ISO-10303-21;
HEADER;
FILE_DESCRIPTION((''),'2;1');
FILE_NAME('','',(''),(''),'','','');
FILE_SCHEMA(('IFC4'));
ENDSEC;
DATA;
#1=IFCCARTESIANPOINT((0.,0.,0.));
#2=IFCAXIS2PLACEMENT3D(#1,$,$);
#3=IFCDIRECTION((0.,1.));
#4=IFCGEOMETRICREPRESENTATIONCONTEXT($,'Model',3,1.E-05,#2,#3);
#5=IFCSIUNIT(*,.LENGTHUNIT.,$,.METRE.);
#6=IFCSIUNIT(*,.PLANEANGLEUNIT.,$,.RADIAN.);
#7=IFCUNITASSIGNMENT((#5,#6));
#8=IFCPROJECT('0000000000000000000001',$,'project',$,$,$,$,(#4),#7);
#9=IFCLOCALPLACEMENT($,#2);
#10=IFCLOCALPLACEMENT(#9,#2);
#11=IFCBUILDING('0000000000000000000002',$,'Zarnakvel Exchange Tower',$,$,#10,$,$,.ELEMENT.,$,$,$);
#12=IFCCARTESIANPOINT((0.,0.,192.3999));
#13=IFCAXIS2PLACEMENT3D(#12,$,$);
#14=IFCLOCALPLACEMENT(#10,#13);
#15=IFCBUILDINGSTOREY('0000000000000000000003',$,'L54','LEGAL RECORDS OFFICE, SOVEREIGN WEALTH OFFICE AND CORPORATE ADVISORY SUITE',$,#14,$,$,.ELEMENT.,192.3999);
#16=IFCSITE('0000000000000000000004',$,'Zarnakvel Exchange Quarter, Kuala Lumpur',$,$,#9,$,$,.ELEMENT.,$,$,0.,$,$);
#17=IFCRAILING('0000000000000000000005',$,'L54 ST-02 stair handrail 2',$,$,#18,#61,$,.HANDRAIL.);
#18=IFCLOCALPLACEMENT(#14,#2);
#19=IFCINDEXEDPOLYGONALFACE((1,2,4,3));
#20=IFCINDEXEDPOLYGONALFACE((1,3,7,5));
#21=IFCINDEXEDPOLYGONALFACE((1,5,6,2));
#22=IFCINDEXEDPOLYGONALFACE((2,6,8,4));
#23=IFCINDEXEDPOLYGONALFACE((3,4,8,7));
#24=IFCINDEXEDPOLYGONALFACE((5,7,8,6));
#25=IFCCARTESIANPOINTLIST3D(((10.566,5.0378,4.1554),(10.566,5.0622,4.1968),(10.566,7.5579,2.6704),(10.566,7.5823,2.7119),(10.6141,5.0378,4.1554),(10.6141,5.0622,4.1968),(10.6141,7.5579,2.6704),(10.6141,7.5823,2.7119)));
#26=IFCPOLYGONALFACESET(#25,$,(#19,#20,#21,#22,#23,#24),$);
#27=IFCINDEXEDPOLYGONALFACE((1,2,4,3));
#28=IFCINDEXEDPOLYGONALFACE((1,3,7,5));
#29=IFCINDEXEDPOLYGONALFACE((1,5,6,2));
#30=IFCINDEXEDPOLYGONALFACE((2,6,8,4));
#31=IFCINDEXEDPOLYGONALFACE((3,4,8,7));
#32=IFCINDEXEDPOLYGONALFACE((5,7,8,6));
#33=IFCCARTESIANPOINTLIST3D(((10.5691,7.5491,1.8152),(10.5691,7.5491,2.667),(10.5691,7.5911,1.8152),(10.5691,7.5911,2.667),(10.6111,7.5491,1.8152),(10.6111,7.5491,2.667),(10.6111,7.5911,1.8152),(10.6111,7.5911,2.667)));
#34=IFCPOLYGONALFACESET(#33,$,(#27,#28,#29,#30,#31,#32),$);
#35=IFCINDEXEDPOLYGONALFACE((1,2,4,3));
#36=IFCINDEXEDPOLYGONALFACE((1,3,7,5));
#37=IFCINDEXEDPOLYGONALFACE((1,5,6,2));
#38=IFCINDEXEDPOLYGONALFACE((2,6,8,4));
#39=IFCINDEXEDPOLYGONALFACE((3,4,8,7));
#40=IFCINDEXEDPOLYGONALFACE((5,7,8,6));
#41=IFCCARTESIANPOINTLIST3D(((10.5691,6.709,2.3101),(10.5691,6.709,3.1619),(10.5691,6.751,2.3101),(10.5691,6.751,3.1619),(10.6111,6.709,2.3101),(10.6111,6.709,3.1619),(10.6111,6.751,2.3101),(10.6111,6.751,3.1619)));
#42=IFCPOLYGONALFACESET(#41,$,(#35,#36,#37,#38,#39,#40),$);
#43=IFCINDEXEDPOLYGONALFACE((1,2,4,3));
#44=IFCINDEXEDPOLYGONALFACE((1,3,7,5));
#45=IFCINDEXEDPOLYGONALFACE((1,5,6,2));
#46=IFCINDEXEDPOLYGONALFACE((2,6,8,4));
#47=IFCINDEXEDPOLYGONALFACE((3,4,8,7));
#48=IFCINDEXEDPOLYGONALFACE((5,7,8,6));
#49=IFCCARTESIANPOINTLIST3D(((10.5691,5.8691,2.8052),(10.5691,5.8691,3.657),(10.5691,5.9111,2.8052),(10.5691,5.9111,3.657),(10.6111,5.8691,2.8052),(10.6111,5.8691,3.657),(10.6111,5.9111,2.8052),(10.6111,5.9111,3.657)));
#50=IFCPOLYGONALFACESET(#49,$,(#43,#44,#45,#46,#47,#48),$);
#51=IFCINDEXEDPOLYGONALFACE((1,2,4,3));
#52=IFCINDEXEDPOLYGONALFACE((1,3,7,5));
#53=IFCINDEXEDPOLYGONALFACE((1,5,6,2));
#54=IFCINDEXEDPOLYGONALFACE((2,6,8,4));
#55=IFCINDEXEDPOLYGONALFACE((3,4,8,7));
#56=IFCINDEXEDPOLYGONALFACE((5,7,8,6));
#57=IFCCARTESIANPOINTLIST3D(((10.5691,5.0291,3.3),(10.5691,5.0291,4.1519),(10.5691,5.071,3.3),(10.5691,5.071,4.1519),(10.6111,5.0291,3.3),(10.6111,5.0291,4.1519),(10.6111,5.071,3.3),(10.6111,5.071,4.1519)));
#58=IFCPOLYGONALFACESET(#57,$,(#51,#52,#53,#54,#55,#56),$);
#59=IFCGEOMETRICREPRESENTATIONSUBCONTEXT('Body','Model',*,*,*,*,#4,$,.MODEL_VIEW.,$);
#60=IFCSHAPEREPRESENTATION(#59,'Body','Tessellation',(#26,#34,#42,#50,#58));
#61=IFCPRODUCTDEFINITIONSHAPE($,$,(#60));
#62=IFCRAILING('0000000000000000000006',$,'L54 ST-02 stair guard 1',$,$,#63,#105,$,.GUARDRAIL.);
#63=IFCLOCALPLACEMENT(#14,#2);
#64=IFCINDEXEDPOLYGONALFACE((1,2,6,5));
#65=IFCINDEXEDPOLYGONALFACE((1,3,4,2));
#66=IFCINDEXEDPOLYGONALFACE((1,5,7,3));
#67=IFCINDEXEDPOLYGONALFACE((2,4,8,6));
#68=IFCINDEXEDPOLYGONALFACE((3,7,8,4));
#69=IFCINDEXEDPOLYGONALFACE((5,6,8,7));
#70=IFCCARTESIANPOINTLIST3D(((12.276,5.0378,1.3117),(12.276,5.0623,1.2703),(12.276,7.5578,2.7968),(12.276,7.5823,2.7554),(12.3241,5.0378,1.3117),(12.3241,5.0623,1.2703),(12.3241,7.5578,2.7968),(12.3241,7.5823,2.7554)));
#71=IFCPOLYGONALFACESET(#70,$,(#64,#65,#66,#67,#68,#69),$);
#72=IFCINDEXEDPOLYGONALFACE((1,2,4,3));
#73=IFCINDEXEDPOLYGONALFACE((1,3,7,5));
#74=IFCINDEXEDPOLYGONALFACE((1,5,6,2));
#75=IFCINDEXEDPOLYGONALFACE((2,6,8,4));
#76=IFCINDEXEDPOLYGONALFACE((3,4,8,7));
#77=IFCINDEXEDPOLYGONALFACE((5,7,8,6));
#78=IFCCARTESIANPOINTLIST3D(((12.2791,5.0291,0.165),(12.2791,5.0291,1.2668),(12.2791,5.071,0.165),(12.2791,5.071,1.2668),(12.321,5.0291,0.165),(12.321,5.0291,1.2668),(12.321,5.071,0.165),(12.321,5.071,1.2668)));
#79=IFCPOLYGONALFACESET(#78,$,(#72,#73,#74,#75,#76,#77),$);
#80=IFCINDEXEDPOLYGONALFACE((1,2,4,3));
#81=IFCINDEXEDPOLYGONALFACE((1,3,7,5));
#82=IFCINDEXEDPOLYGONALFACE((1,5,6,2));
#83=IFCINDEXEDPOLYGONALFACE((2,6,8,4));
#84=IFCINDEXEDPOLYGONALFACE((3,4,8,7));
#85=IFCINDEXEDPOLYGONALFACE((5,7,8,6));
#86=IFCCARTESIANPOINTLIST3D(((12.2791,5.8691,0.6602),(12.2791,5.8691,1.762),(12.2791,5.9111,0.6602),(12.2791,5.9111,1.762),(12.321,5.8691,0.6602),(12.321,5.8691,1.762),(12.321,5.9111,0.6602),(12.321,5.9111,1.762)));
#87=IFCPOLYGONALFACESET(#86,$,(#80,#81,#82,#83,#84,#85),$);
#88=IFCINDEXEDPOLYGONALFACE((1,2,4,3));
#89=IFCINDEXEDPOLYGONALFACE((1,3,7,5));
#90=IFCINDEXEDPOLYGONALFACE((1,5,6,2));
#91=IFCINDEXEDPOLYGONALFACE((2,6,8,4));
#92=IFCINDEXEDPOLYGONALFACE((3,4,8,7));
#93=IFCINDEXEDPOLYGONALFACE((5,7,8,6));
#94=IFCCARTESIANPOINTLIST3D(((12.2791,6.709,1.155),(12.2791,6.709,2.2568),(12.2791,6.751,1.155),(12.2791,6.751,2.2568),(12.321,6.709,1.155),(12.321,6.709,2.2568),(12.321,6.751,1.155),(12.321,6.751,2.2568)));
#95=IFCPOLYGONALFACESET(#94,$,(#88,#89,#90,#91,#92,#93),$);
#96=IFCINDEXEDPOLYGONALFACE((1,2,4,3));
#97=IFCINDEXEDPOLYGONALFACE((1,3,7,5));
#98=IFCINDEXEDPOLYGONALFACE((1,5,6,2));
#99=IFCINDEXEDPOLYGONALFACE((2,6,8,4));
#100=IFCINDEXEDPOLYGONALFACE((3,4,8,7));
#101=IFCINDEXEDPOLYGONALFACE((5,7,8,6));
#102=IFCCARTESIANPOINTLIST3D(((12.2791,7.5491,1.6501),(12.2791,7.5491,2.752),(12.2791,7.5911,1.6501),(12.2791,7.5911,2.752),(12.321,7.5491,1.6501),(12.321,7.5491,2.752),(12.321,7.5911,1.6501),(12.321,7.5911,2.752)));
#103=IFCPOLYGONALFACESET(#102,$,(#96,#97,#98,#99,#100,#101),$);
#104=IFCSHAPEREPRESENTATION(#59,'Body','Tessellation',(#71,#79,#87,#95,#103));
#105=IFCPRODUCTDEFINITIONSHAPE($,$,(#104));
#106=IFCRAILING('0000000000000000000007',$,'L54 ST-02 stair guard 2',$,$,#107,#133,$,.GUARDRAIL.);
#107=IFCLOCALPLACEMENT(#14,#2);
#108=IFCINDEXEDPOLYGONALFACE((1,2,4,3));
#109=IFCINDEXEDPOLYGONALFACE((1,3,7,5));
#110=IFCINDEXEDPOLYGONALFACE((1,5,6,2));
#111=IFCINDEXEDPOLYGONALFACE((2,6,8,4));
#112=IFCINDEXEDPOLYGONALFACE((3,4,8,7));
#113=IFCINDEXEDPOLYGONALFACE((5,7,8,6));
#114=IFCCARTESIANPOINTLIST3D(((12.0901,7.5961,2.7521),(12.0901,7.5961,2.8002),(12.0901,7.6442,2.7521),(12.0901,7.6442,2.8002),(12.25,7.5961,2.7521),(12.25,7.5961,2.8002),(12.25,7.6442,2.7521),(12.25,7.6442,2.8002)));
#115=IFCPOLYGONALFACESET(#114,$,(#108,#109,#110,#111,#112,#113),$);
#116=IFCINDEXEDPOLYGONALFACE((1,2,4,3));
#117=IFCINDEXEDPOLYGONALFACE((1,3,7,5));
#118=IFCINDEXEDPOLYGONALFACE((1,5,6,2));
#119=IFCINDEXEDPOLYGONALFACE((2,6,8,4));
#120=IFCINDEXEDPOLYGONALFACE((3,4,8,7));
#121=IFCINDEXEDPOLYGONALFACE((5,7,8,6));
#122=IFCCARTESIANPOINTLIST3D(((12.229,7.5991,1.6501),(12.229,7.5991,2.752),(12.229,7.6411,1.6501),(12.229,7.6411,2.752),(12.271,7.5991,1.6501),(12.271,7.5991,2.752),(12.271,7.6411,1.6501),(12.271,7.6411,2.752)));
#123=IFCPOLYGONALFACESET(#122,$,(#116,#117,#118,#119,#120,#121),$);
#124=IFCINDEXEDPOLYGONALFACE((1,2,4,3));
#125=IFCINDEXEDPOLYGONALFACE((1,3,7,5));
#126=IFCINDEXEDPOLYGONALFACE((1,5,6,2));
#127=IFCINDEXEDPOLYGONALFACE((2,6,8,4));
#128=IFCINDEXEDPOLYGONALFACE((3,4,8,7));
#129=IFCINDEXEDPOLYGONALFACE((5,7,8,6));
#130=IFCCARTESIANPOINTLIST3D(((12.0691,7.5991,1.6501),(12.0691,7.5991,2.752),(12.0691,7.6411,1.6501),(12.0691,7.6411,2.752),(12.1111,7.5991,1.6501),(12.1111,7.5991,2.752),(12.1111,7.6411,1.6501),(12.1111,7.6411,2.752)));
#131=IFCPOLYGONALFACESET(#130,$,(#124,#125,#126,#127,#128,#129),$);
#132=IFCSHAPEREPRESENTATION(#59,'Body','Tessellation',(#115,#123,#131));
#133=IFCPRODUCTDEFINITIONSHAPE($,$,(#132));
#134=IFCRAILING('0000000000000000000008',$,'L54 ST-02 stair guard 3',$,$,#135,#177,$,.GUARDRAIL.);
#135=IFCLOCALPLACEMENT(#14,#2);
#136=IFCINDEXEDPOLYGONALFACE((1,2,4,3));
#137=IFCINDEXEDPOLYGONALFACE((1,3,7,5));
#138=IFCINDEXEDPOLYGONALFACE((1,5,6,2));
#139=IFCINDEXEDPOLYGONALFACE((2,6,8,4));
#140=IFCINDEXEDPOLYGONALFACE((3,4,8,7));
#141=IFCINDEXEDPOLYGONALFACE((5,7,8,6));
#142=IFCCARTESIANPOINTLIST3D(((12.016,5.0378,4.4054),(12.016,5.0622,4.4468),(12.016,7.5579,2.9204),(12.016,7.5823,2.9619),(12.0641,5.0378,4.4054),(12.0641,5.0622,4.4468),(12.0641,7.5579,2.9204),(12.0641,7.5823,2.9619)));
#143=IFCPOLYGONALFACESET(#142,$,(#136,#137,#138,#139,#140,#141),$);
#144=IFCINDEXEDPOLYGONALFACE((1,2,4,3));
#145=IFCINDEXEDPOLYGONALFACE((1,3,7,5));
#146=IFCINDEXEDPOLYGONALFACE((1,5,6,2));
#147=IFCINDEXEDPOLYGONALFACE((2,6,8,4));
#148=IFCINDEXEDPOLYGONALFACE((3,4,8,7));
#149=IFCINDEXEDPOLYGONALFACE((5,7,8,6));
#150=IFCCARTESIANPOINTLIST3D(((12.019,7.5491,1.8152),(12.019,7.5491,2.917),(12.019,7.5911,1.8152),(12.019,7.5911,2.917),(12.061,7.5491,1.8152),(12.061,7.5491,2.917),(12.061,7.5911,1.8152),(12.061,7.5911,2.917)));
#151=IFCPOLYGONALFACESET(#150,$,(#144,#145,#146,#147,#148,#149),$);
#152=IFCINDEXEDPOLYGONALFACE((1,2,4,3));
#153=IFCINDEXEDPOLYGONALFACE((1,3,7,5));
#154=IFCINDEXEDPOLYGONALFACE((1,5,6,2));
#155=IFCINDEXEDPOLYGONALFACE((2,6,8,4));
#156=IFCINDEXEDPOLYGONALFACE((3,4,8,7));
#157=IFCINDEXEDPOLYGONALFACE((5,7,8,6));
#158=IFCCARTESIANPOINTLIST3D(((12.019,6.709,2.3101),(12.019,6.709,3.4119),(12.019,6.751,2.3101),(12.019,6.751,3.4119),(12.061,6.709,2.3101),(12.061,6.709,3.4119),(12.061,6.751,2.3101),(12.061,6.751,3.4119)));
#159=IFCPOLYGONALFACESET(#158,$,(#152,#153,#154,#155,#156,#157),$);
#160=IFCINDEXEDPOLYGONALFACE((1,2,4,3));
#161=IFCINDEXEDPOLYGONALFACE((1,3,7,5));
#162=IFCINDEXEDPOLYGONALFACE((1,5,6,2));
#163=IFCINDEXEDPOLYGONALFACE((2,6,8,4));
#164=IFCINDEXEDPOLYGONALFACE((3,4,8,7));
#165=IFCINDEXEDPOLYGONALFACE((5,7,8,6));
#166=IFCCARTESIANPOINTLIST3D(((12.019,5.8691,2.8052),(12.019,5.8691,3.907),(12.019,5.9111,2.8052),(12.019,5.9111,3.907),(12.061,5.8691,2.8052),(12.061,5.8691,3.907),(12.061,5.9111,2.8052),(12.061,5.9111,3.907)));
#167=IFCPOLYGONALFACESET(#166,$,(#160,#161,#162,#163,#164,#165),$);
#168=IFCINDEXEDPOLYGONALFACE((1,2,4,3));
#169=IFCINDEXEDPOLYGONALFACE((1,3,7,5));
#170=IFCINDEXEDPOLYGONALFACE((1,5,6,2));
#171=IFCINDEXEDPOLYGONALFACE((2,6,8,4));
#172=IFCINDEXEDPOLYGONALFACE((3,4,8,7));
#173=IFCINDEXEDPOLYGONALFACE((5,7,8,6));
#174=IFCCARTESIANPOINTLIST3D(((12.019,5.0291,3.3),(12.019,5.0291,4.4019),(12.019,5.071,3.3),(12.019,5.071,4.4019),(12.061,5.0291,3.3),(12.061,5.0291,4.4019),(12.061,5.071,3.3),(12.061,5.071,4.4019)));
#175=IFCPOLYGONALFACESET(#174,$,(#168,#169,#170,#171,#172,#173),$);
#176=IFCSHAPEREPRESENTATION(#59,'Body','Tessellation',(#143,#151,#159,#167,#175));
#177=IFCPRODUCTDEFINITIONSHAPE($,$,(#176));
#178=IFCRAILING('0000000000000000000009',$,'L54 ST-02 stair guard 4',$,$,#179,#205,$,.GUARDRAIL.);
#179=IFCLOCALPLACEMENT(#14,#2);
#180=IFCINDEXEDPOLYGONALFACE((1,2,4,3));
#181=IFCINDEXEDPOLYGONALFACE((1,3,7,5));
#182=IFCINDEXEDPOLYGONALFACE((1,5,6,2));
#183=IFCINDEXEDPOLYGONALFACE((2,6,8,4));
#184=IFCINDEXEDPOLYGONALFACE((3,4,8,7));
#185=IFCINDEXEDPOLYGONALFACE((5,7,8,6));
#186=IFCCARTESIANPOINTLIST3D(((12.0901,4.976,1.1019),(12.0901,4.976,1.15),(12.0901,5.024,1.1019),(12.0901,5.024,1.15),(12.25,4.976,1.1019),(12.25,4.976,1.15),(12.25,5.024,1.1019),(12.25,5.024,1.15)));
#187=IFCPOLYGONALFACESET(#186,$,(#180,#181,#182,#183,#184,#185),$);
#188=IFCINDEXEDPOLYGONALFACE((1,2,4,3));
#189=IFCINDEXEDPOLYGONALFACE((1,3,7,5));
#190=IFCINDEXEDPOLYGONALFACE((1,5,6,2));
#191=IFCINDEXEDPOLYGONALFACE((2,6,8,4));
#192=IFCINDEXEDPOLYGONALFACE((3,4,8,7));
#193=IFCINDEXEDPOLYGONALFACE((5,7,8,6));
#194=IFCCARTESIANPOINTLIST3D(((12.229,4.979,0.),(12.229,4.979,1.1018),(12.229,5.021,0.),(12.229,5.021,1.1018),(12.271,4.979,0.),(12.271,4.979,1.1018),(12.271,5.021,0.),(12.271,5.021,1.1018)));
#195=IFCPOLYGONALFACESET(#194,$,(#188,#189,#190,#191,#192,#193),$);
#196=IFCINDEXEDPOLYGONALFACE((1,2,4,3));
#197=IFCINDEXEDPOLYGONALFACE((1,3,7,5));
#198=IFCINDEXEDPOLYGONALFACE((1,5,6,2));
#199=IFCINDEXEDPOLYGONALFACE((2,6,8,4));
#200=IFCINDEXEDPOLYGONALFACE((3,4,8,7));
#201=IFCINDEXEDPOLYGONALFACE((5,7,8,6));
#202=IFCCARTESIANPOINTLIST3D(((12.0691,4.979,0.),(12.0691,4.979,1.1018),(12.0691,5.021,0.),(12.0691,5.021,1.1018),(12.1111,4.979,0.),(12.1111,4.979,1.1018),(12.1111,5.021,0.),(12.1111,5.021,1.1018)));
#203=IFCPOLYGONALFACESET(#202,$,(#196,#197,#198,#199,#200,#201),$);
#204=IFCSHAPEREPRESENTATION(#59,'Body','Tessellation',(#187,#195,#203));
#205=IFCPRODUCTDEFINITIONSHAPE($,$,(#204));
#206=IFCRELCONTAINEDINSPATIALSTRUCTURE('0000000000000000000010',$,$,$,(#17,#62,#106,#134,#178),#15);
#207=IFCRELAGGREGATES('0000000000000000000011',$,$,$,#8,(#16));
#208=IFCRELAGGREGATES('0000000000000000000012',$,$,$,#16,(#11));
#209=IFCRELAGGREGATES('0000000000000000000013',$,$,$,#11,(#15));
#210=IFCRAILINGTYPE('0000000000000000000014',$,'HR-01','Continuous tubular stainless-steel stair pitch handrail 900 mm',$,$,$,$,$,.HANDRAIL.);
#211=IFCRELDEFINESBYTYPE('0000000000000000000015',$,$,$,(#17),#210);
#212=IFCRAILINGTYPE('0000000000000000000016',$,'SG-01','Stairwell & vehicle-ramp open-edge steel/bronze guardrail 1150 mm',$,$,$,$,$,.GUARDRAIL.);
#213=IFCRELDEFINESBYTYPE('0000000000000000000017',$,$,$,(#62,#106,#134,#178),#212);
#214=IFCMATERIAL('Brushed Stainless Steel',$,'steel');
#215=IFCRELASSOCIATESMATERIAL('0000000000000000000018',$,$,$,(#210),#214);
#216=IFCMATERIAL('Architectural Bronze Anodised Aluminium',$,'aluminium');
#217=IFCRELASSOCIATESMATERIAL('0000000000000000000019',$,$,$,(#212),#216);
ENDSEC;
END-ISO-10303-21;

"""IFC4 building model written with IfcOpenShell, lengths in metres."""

from ifc_helpers import new_model, si_unit, direction, frame, origin, origin_2d, place, context, subcontext, project, spatial, rectangle, extrude, material, type_object, element, save


model = new_model("IFC4")

# Units and contexts
model_context = context("Model", 3, precision=1e-05, world=origin(), true_north=direction((0.0, 1.0)))
body_context = subcontext(model_context, "Body", "Model", "MODEL_VIEW")
ifc_project = project(units=[si_unit("LENGTHUNIT", "METRE"), si_unit("PLANEANGLEUNIT", "RADIAN")], contexts=[model_context])

# Site, building, storey
site_placement = place(None, origin())
site = spatial("IfcSite", under=ifc_project, at=site_placement, Name="Zarnakvel Exchange Quarter, Kuala Lumpur", CompositionType="ELEMENT", RefElevation=0.0)
building_placement = place(site_placement, origin())
building = spatial("IfcBuilding", under=site, at=building_placement, Name="Zarnakvel Exchange Tower", CompositionType="ELEMENT")
storey_placement = place(building_placement, frame((0.0, 0.0, 192.3999)))
storey = spatial("IfcBuildingStorey", under=building, at=storey_placement, Name="L54", Description="LEGAL RECORDS OFFICE, SOVEREIGN WEALTH OFFICE AND CORPORATE ADVISORY SUITE", CompositionType="ELEMENT", Elevation=192.3999)

# Shared definitions
ifc_material_1 = material(Name="Architectural Bronze Anodised Aluminium", Category="aluminium")

# Railings
ifc_material_2 = material(Name="Brushed Stainless Steel", Category="steel")
railing_type_1 = type_object("IfcRailingType", Name="HR-01", Description="Continuous tubular stainless-steel stair pitch handrail 900 mm", PredefinedType="HANDRAIL", material=ifc_material_2)
railing_1_placement = place(storey_placement, frame((10.5901, 7.5701, 1.8152)))
element("IfcRailing", 1, at=railing_1_placement, inside=storey, type_object=railing_type_1, Name="L54 ST-02 stair handrail 2", PredefinedType="HANDRAIL", context=body_context, shape_type="SweptSolid", body=[
    extrude(rectangle(XDim=0.0481, YDim=0.0481, at=origin_2d()), frame((0.0, 0.0, 0.876), z_axis=(0.0, -0.861561, 0.507655), x_axis=(1.0, 0.0, 0.0)), (0.0, 0.0, 1.0), 2.925),
    extrude(rectangle(XDim=0.042, YDim=0.042, at=origin_2d()), origin(), (0.0, 0.0, 1.0), 0.8518),
    extrude(rectangle(XDim=0.042, YDim=0.042, at=origin_2d()), frame((0.0, -0.8401, 0.4949)), (0.0, 0.0, 1.0), 0.8518),
    extrude(rectangle(XDim=0.042, YDim=0.042, at=origin_2d()), frame((0.0, -1.6799, 0.99)), (0.0, 0.0, 1.0), 0.8518),
    extrude(rectangle(XDim=0.042, YDim=0.042, at=origin_2d()), frame((0.0, -2.52, 1.4849)), (0.0, 0.0, 1.0), 0.8518),
])
railing_type_2 = type_object("IfcRailingType", Name="SG-01", Description="Stairwell & vehicle-ramp open-edge steel/bronze guardrail 1150 mm", PredefinedType="GUARDRAIL", material=ifc_material_1)
railing_2_placement = place(storey_placement, frame((12.3, 5.05, 0.165)))
element("IfcRailing", 2, at=railing_2_placement, inside=storey, type_object=railing_type_2, Name="L54 ST-02 stair guard 1", PredefinedType="GUARDRAIL", context=body_context, shape_type="SweptSolid", body=[
    extrude(rectangle(XDim=0.0481, YDim=0.0481, at=origin_2d()), frame((0.0, 0.0, 1.126), z_axis=(0.0, 0.861524, 0.507717), x_axis=(-1.0, 0.0, 0.0)), (0.0, 0.0, 1.0), 2.925),
    extrude(rectangle(XDim=0.042, YDim=0.042, at=origin_2d()), origin(), (0.0, 0.0, 1.0), 1.1018),
    extrude(rectangle(XDim=0.042, YDim=0.042, at=origin_2d()), frame((0.0, 0.8401, 0.4951)), (0.0, 0.0, 1.0), 1.1018),
    extrude(rectangle(XDim=0.042, YDim=0.042, at=origin_2d()), frame((0.0, 1.6799, 0.99)), (0.0, 0.0, 1.0), 1.1018),
    extrude(rectangle(XDim=0.042, YDim=0.042, at=origin_2d()), frame((0.0, 2.52, 1.4851)), (0.0, 0.0, 1.0), 1.1018),
])
railing_3_placement = place(storey_placement, frame((12.25, 7.6201, 1.6501)))
element("IfcRailing", 3, at=railing_3_placement, inside=storey, type_object=railing_type_2, Name="L54 ST-02 stair guard 2", PredefinedType="GUARDRAIL", context=body_context, shape_type="SweptSolid", body=[
    extrude(rectangle(XDim=0.0481, YDim=0.0481, at=origin_2d()), frame((0.0, 0.0, 1.126), z_axis=(-1.0, 0.0, 0.0), x_axis=(0.0, -1.0, 0.0)), (0.0, 0.0, 1.0), 0.1599),
    extrude(rectangle(XDim=0.042, YDim=0.042, at=origin_2d()), origin(), (0.0, 0.0, 1.0), 1.1018),
    extrude(rectangle(XDim=0.042, YDim=0.042, at=origin_2d()), frame((-0.1599, 0.0, 0.0)), (0.0, 0.0, 1.0), 1.1018),
])
railing_4_placement = place(storey_placement, frame((12.04, 7.5701, 1.8152)))
element("IfcRailing", 4, at=railing_4_placement, inside=storey, type_object=railing_type_2, Name="L54 ST-02 stair guard 3", PredefinedType="GUARDRAIL", context=body_context, shape_type="SweptSolid", body=[
    extrude(rectangle(XDim=0.0481, YDim=0.0481, at=origin_2d()), frame((0.0, 0.0, 1.126), z_axis=(0.0, -0.861561, 0.507655), x_axis=(1.0, 0.0, 0.0)), (0.0, 0.0, 1.0), 2.925),
    extrude(rectangle(XDim=0.042, YDim=0.042, at=origin_2d()), origin(), (0.0, 0.0, 1.0), 1.1018),
    extrude(rectangle(XDim=0.042, YDim=0.042, at=origin_2d()), frame((0.0, -0.8401, 0.4949)), (0.0, 0.0, 1.0), 1.1018),
    extrude(rectangle(XDim=0.042, YDim=0.042, at=origin_2d()), frame((0.0, -1.6799, 0.99)), (0.0, 0.0, 1.0), 1.1018),
    extrude(rectangle(XDim=0.042, YDim=0.042, at=origin_2d()), frame((0.0, -2.52, 1.4849)), (0.0, 0.0, 1.0), 1.1018),
])
railing_5_placement = place(storey_placement, frame((12.25, 5.0, 0.0)))
element("IfcRailing", 5, at=railing_5_placement, inside=storey, type_object=railing_type_2, Name="L54 ST-02 stair guard 4", PredefinedType="GUARDRAIL", context=body_context, shape_type="SweptSolid", body=[
    extrude(rectangle(XDim=0.0481, YDim=0.0481, at=origin_2d()), frame((0.0, 0.0, 1.126), z_axis=(-1.0, 0.0, 0.0), x_axis=(0.0, -1.0, 0.0)), (0.0, 0.0, 1.0), 0.1599),
    extrude(rectangle(XDim=0.042, YDim=0.042, at=origin_2d()), origin(), (0.0, 0.0, 1.0), 1.1018),
    extrude(rectangle(XDim=0.042, YDim=0.042, at=origin_2d()), frame((-0.1599, 0.0, 0.0)), (0.0, 0.0, 1.0), 1.1018),
])

save(model, "model.ifc")
